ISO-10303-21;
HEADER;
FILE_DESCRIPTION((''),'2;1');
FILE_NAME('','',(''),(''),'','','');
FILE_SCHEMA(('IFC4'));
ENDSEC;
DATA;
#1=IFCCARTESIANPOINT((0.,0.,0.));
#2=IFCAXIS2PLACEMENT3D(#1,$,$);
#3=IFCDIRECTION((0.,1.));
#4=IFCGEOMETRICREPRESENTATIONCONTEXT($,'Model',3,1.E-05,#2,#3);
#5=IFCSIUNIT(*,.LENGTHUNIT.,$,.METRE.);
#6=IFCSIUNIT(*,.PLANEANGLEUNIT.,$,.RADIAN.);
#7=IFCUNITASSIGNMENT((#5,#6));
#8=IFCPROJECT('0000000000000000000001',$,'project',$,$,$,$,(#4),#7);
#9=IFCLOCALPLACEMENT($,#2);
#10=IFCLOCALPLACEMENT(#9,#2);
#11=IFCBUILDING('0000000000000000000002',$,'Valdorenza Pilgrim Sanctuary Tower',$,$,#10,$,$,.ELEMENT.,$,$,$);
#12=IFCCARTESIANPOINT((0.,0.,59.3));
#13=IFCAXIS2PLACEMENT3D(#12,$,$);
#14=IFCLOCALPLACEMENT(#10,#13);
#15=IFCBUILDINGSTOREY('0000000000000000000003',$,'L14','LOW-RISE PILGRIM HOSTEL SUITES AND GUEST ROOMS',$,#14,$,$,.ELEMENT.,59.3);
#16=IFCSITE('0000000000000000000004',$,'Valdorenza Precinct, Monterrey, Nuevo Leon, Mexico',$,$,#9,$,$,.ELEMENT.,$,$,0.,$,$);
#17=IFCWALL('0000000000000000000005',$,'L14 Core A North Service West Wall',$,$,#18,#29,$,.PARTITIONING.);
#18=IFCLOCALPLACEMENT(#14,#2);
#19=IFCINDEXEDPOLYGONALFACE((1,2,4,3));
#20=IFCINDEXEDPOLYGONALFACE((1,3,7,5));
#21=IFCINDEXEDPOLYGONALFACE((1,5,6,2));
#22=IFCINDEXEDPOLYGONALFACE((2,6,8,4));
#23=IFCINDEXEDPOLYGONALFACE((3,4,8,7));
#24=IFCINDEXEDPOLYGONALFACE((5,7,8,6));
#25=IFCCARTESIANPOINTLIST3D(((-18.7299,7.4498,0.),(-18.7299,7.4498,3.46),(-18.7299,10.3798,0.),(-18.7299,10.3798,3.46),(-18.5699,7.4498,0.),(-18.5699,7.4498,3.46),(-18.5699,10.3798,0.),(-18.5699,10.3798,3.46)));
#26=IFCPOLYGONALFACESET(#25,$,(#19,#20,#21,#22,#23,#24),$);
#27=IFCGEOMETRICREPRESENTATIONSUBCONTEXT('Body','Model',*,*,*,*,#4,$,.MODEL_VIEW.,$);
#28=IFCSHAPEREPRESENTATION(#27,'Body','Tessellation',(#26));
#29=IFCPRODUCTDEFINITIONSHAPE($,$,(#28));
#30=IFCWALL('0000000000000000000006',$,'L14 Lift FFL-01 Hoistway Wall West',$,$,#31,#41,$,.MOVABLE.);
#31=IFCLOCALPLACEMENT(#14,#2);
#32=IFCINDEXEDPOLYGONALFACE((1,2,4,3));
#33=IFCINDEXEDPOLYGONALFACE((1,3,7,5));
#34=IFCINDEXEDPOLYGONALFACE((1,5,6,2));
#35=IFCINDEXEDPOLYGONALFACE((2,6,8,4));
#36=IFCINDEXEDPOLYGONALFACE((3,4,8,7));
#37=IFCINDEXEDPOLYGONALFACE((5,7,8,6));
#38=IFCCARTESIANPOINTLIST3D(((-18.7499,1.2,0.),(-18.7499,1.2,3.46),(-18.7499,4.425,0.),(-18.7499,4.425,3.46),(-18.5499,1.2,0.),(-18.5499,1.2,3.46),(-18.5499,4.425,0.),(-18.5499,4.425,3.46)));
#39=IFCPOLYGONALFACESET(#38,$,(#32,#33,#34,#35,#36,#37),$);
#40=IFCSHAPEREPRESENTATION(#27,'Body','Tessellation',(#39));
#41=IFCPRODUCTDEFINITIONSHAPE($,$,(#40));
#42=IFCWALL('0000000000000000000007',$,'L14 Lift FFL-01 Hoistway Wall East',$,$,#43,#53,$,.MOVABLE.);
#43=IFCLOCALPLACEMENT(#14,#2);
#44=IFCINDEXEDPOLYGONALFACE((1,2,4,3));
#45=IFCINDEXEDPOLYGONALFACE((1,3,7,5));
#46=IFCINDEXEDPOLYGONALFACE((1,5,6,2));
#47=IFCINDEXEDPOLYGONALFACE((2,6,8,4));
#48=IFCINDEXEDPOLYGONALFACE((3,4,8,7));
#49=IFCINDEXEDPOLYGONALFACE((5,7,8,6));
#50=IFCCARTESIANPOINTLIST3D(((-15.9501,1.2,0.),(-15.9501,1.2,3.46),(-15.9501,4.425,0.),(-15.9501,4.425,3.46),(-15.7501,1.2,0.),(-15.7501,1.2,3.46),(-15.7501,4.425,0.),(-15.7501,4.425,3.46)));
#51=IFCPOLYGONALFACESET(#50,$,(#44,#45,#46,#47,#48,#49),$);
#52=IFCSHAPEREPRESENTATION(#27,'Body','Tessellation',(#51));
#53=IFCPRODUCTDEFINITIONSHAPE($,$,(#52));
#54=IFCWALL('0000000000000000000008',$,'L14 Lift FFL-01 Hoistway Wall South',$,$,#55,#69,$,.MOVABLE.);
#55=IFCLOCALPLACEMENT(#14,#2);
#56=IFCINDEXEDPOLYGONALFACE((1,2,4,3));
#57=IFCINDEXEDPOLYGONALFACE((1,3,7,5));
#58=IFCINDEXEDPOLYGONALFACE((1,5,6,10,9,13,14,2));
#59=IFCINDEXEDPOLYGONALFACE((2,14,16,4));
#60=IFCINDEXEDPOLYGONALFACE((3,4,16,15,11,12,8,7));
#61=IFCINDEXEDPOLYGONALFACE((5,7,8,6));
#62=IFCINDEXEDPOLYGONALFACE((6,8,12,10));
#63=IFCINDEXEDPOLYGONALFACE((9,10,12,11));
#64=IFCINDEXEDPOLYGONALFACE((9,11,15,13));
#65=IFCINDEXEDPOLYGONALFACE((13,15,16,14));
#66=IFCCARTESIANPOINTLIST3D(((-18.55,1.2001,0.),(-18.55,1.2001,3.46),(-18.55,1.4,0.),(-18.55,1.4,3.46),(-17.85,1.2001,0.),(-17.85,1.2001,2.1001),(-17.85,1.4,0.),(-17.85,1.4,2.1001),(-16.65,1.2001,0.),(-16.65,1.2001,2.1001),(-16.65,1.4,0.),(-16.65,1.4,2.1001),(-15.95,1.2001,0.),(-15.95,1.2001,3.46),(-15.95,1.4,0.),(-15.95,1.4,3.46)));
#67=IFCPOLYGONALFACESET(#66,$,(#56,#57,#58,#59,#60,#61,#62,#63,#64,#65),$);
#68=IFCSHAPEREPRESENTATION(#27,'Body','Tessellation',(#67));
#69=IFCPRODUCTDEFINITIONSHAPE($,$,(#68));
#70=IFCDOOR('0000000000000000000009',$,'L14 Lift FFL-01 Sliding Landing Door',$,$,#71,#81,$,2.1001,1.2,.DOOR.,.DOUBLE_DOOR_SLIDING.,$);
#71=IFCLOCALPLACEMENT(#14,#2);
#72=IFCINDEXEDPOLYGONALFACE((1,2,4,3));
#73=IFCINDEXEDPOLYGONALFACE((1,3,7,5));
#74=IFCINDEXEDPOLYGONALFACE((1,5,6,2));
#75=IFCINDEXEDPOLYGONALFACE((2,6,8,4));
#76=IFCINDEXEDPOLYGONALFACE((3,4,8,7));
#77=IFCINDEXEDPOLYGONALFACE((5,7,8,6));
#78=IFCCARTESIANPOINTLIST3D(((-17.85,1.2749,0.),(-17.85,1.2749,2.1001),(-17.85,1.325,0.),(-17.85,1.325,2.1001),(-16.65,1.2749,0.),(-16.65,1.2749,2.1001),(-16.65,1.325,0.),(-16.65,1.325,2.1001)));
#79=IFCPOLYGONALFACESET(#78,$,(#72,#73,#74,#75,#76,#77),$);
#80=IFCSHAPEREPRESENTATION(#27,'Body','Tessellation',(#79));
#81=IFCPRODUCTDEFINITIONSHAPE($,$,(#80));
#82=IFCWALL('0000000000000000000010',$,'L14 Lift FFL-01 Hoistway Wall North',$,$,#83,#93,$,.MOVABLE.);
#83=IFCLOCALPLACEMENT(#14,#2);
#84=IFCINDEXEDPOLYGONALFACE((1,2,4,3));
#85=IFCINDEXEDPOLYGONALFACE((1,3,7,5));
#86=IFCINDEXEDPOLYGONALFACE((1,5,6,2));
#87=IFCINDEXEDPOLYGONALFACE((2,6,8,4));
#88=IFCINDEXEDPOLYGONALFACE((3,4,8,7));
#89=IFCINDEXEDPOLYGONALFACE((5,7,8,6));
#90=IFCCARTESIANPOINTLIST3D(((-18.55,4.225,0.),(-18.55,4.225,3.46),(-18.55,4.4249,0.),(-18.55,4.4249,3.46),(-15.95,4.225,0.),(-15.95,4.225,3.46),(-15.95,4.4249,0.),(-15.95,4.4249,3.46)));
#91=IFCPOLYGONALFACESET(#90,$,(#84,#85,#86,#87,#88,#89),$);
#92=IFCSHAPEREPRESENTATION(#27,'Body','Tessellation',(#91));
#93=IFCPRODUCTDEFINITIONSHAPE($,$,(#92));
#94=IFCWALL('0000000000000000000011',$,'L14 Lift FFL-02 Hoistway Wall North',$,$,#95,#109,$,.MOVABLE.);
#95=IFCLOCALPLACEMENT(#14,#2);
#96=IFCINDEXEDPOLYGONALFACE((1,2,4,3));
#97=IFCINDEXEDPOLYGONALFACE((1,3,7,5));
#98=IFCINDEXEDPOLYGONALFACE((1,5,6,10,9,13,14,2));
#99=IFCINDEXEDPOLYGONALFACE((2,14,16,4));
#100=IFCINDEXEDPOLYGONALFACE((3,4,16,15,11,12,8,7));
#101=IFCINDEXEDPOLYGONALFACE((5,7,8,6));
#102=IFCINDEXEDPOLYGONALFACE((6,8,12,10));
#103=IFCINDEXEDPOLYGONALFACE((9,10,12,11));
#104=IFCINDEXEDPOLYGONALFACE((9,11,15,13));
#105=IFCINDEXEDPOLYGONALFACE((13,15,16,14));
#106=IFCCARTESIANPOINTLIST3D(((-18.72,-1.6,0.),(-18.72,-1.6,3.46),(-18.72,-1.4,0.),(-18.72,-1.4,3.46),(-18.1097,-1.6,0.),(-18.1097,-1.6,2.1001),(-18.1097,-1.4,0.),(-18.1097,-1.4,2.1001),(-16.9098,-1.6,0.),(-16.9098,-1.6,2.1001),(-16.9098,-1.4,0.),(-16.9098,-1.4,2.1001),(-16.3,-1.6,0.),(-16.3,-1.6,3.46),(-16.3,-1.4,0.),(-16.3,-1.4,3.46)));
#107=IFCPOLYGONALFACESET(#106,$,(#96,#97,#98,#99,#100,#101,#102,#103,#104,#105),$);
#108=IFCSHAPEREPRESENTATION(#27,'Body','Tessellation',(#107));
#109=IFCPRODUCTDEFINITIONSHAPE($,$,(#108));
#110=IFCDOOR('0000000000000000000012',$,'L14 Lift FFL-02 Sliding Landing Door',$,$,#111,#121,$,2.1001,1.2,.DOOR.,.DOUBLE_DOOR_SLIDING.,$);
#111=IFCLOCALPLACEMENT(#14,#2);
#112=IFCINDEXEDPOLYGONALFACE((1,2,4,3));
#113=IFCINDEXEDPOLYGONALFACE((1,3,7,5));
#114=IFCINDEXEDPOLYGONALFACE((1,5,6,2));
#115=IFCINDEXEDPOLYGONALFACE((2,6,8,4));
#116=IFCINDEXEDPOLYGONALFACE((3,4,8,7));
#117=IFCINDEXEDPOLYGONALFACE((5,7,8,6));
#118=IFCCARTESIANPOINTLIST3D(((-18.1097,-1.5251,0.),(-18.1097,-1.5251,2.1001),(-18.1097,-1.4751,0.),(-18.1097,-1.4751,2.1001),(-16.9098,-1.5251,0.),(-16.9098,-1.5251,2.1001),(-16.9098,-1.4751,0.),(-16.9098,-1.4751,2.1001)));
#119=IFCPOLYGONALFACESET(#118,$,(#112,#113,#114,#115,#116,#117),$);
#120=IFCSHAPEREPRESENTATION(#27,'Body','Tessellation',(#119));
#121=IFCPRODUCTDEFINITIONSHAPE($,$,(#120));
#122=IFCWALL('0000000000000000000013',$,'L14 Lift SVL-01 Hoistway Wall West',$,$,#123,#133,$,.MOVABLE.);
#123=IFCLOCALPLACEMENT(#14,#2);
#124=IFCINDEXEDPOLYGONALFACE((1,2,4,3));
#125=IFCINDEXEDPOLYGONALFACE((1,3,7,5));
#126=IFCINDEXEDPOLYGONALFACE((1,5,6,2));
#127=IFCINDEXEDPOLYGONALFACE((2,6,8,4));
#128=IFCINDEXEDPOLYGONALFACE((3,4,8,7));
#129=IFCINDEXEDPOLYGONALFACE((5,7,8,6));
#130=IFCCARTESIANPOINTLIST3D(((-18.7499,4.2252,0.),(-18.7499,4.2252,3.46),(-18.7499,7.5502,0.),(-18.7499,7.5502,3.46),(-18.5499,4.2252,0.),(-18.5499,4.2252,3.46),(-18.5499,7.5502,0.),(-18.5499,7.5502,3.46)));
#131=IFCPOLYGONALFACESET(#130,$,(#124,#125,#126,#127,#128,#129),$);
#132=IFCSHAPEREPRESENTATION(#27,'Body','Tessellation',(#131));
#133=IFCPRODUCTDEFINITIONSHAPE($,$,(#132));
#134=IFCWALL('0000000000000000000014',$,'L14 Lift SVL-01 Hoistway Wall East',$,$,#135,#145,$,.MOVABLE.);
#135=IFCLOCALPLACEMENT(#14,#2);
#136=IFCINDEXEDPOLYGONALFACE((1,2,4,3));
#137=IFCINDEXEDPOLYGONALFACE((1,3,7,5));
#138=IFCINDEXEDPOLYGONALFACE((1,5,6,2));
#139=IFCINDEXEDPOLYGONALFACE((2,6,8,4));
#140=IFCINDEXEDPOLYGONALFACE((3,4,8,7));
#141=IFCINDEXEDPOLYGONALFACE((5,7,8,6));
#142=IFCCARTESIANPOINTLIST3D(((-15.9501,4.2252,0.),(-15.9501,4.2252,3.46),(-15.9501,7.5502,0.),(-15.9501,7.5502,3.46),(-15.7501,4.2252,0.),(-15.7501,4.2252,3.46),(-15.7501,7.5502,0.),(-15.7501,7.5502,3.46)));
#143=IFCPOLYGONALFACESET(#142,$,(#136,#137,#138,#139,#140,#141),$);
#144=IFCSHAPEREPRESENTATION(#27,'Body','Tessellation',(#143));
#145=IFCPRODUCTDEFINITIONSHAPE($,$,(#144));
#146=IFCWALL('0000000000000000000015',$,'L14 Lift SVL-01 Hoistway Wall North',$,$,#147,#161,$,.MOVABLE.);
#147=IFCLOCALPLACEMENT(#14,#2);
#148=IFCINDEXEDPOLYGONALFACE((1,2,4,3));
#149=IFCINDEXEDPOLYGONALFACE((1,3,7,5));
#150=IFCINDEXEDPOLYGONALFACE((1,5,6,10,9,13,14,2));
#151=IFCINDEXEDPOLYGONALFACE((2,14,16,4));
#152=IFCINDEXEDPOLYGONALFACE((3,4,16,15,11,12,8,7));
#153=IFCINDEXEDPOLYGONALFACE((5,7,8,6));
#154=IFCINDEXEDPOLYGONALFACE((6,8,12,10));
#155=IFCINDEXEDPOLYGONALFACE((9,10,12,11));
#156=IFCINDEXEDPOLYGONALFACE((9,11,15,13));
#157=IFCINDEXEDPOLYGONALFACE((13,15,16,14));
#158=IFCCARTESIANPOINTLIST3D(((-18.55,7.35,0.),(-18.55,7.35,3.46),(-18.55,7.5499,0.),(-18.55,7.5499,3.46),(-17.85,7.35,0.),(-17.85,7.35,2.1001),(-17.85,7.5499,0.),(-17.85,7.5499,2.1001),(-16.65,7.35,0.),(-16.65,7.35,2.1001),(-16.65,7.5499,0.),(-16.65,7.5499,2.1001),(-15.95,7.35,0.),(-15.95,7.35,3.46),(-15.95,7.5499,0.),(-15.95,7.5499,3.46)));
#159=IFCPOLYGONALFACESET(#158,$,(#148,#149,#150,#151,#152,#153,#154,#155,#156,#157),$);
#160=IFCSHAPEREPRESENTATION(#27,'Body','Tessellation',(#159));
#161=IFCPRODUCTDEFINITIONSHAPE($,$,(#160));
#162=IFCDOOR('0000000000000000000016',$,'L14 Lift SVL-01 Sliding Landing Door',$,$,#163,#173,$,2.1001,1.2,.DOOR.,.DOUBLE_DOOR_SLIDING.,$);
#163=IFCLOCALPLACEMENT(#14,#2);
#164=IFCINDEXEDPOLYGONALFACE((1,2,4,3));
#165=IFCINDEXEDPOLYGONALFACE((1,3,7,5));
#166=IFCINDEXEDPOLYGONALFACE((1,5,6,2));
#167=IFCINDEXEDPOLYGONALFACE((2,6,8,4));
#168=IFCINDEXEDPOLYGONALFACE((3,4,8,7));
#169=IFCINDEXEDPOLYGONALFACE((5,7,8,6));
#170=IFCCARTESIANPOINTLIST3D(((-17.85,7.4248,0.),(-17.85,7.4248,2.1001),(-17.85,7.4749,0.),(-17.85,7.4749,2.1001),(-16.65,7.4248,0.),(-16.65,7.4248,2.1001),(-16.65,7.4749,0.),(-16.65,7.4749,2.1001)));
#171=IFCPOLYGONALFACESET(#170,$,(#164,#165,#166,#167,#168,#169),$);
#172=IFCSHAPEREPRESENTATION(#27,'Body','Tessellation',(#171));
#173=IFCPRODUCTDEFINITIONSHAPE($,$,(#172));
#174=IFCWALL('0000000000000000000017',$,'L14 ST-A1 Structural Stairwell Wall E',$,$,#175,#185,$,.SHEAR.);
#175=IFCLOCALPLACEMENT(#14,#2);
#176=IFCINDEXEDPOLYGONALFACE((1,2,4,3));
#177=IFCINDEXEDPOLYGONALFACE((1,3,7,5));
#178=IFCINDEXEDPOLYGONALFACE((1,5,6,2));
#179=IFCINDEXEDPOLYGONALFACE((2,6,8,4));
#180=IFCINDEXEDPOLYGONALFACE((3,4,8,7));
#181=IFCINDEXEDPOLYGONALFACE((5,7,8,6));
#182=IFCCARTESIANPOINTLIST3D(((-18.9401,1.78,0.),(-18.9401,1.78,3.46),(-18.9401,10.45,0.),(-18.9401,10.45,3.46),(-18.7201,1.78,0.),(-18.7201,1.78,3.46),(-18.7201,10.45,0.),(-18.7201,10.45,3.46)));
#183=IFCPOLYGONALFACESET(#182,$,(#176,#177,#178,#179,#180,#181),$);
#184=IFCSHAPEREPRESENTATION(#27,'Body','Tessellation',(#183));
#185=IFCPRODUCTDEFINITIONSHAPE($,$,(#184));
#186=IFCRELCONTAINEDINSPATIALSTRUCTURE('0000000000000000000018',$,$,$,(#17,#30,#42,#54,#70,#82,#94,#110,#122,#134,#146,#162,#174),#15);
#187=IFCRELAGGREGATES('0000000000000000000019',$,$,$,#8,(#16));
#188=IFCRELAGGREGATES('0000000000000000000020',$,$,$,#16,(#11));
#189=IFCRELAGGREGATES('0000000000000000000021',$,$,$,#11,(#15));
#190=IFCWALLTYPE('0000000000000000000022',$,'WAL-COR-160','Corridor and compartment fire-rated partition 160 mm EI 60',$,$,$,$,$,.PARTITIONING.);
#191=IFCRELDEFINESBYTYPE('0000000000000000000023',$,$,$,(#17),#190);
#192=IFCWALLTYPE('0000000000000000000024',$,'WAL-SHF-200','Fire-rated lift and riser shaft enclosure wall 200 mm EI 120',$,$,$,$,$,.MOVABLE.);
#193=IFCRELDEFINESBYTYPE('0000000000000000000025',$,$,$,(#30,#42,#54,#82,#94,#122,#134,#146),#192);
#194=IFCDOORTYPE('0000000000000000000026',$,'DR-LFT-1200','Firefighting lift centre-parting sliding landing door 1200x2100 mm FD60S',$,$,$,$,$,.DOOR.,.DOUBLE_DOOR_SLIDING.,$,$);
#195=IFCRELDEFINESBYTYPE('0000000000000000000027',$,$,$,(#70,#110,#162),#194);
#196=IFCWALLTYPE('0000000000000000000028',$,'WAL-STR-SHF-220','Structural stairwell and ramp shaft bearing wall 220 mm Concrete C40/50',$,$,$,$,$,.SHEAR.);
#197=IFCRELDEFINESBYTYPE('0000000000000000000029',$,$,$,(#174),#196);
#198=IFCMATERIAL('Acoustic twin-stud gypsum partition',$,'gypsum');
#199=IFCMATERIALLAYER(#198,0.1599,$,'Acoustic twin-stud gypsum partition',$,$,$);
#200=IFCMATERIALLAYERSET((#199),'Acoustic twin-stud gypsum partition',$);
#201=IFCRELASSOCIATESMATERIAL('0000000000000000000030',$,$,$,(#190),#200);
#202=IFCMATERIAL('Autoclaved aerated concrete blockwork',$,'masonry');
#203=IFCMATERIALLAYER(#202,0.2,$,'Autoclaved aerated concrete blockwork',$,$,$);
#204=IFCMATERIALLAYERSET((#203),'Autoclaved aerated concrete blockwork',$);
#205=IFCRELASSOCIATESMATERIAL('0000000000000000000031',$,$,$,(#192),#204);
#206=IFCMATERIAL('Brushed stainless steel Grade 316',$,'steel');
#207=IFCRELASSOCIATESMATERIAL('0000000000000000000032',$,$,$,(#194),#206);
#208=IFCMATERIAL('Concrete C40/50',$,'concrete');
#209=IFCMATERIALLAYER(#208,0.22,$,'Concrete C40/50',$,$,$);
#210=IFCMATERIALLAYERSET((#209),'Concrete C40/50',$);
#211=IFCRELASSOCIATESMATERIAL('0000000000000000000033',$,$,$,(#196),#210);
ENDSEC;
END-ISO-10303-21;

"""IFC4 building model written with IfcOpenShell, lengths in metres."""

from ifc_helpers import new_model, si_unit, direction, frame, frame_2d, origin, place, context, subcontext, project, spatial, rectangle, extrude, material, layer, layer_set, type_object, element, fill, save


model = new_model("IFC4")

# Units and contexts
model_context = context("Model", 3, precision=1e-05, world=origin(), true_north=direction((0.0, 1.0)))
body_context = subcontext(model_context, "Body", "Model", "MODEL_VIEW")
ifc_project = project(units=[si_unit("LENGTHUNIT", "METRE"), si_unit("PLANEANGLEUNIT", "RADIAN")], contexts=[model_context])

# Site, building, storey
site_placement = place(None, origin())
site = spatial("IfcSite", under=ifc_project, at=site_placement, Name="Valdorenza Precinct, Monterrey, Nuevo Leon, Mexico", CompositionType="ELEMENT", RefElevation=0.0)
building_placement = place(site_placement, origin())
building = spatial("IfcBuilding", under=site, at=building_placement, Name="Valdorenza Pilgrim Sanctuary Tower", CompositionType="ELEMENT")
storey_placement = place(building_placement, frame((0.0, 0.0, 59.3)))
storey = spatial("IfcBuildingStorey", under=building, at=storey_placement, Name="L14", Description="LOW-RISE PILGRIM HOSTEL SUITES AND GUEST ROOMS", CompositionType="ELEMENT", Elevation=59.3)

# Wall
ifc_material_1 = material(Name="Acoustic twin-stud gypsum partition", Category="gypsum")
ifc_layer_1 = layer(ifc_material_1, 0.1599, Name="Acoustic twin-stud gypsum partition")
ifc_layer_set_1 = layer_set([ifc_layer_1], Name="Acoustic twin-stud gypsum partition")
wall_type_1 = type_object("IfcWallType", Name="WAL-COR-160", Description="Corridor and compartment fire-rated partition 160 mm EI 60", PredefinedType="PARTITIONING", material=ifc_layer_set_1)
wall_1_placement = place(storey_placement, frame((-18.6499, 7.45, 0.0), z_axis=(0.0, 0.0, 1.0), x_axis=(0.0, 1.0, 0.0)))
element("IfcWall", 1, at=wall_1_placement, inside=storey, type_object=wall_type_1, Name="L14 Core A North Service West Wall", PredefinedType="PARTITIONING", context=body_context, shape_type="SweptSolid", body=[
    extrude(rectangle(XDim=2.9299, YDim=0.1599, at=frame_2d((1.4648, 0.0))), origin(), (0.0, 0.0, 1.0), 3.46),
])

# Walls
ifc_material_2 = material(Name="Autoclaved aerated concrete blockwork", Category="masonry")
ifc_layer_2 = layer(ifc_material_2, 0.2, Name="Autoclaved aerated concrete blockwork")
ifc_layer_set_2 = layer_set([ifc_layer_2], Name="Autoclaved aerated concrete blockwork")
wall_type_2 = type_object("IfcWallType", Name="WAL-SHF-200", Description="Fire-rated lift and riser shaft enclosure wall 200 mm EI 120", PredefinedType="MOVABLE", material=ifc_layer_set_2)
for number, where, z_axis, x_axis, name in (
    (2, (-18.6499, 1.2, 0.0), (0.0, 0.0, 1.0), (0.0, 1.0, 0.0), "L14 Lift FFL-01 Hoistway Wall West"),
    (3, (-15.8501, 1.2, 0.0), (0.0, 0.0, 1.0), (0.0, 1.0, 0.0), "L14 Lift FFL-01 Hoistway Wall East"),
):
    element("IfcWall", number, at=place(storey_placement, frame(where, z_axis=z_axis, x_axis=x_axis)), inside=storey, type_object=wall_type_2, Name=name, PredefinedType="MOVABLE", context=body_context, shape_type="SweptSolid", body=[
        extrude(rectangle(XDim=3.2251, YDim=0.2, at=frame_2d((1.6125, 0.0))), origin(), (0.0, 0.0, 1.0), 3.46),
    ])

# Wall, opening, door
wall_2_placement = place(storey_placement, frame((-18.55, 1.3, 0.0), z_axis=(0.0, 0.0, 1.0), x_axis=(1.0, 0.0, 0.0)))
wall_2 = element("IfcWall", 4, at=wall_2_placement, inside=storey, type_object=wall_type_2, Name="L14 Lift FFL-01 Hoistway Wall South", PredefinedType="MOVABLE", context=body_context, shape_type="SweptSolid", body=[
    extrude(rectangle(XDim=2.6001, YDim=0.2, at=frame_2d((1.3, 0.0))), origin(), (0.0, 0.0, 1.0), 3.46),
])
opening_1_placement = place(wall_2_placement, frame((0.7, 0.0, 0.0)))
opening_1 = element("IfcOpeningElement", 5, at=opening_1_placement, cuts=wall_2, PredefinedType="OPENING", context=body_context, shape_type="SweptSolid", body=[
    extrude(rectangle(XDim=1.2, YDim=2.1001, at=frame_2d((0.6001, 1.05))), frame((0.0, 0.1147, 0.0), z_axis=(0.0, -1.0, 0.0), x_axis=(1.0, 0.0, 0.0)), (0.0, 0.0, 1.0), 0.2297),
])
ifc_material_3 = material(Name="Brushed stainless steel Grade 316", Category="steel")
door_type_1 = type_object("IfcDoorType", Name="DR-LFT-1200", Description="Firefighting lift centre-parting sliding landing door 1200x2100 mm FD60S", OperationType="DOUBLE_DOOR_SLIDING", PredefinedType="DOOR", material=ifc_material_3)
door_1_placement = place(opening_1_placement, origin())
door_1 = element("IfcDoor", 6, at=door_1_placement, inside=storey, type_object=door_type_1, Name="L14 Lift FFL-01 Sliding Landing Door", OperationType="DOUBLE_DOOR_SLIDING", OverallHeight=2.1001, OverallWidth=1.2, PredefinedType="DOOR", context=body_context, shape_type="SweptSolid", body=[
    extrude(rectangle(XDim=1.2, YDim=2.1001, at=frame_2d((0.6001, 1.05))), frame((0.0, 0.0249, 0.0), z_axis=(0.0, -1.0, 0.0), x_axis=(1.0, 0.0, 0.0)), (0.0, 0.0, 1.0), 0.05),
])
fill(opening_1, door_1)

# Wall
wall_3_placement = place(storey_placement, frame((-18.55, 4.325, 0.0), z_axis=(0.0, 0.0, 1.0), x_axis=(1.0, 0.0, 0.0)))
element("IfcWall", 7, at=wall_3_placement, inside=storey, type_object=wall_type_2, Name="L14 Lift FFL-01 Hoistway Wall North", PredefinedType="MOVABLE", context=body_context, shape_type="SweptSolid", body=[
    extrude(rectangle(XDim=2.6001, YDim=0.2, at=frame_2d((1.3, 0.0))), origin(), (0.0, 0.0, 1.0), 3.46),
])

# Wall, opening, door
wall_4_placement = place(storey_placement, frame((-18.72, -1.5, 0.0), z_axis=(0.0, 0.0, 1.0), x_axis=(1.0, 0.0, 0.0)))
wall_4 = element("IfcWall", 8, at=wall_4_placement, inside=storey, type_object=wall_type_2, Name="L14 Lift FFL-02 Hoistway Wall North", PredefinedType="MOVABLE", context=body_context, shape_type="SweptSolid", body=[
    extrude(rectangle(XDim=2.4199, YDim=0.2, at=frame_2d((1.21, 0.0))), origin(), (0.0, 0.0, 1.0), 3.46),
])
opening_2_placement = place(wall_4_placement, frame((0.6101, 0.0, 0.0)))
opening_2 = element("IfcOpeningElement", 9, at=opening_2_placement, cuts=wall_4, PredefinedType="OPENING", context=body_context, shape_type="SweptSolid", body=[
    extrude(rectangle(XDim=1.2, YDim=2.1001, at=frame_2d((0.6001, 1.05))), frame((0.0, 0.1147, 0.0), z_axis=(0.0, -1.0, 0.0), x_axis=(1.0, 0.0, 0.0)), (0.0, 0.0, 1.0), 0.2297),
])
door_2_placement = place(opening_2_placement, origin())
door_2 = element("IfcDoor", 10, at=door_2_placement, inside=storey, type_object=door_type_1, Name="L14 Lift FFL-02 Sliding Landing Door", OperationType="DOUBLE_DOOR_SLIDING", OverallHeight=2.1001, OverallWidth=1.2, PredefinedType="DOOR", context=body_context, shape_type="SweptSolid", body=[
    extrude(rectangle(XDim=1.2, YDim=2.1001, at=frame_2d((0.6001, 1.05))), frame((0.0, 0.0249, 0.0), z_axis=(0.0, -1.0, 0.0), x_axis=(1.0, 0.0, 0.0)), (0.0, 0.0, 1.0), 0.05),
])
fill(opening_2, door_2)

# Walls
for number, where, z_axis, x_axis, name in (
    (11, (-18.6499, 4.2251, 0.0), (0.0, 0.0, 1.0), (0.0, 1.0, 0.0), "L14 Lift SVL-01 Hoistway Wall West"),
    (12, (-15.8501, 4.2251, 0.0), (0.0, 0.0, 1.0), (0.0, 1.0, 0.0), "L14 Lift SVL-01 Hoistway Wall East"),
):
    element("IfcWall", number, at=place(storey_placement, frame(where, z_axis=z_axis, x_axis=x_axis)), inside=storey, type_object=wall_type_2, Name=name, PredefinedType="MOVABLE", context=body_context, shape_type="SweptSolid", body=[
        extrude(rectangle(XDim=3.325, YDim=0.2, at=frame_2d((1.6626, 0.0))), origin(), (0.0, 0.0, 1.0), 3.46),
    ])

# Wall, opening, door
wall_5_placement = place(storey_placement, frame((-18.55, 7.45, 0.0), z_axis=(0.0, 0.0, 1.0), x_axis=(1.0, 0.0, 0.0)))
wall_5 = element("IfcWall", 13, at=wall_5_placement, inside=storey, type_object=wall_type_2, Name="L14 Lift SVL-01 Hoistway Wall North", PredefinedType="MOVABLE", context=body_context, shape_type="SweptSolid", body=[
    extrude(rectangle(XDim=2.6001, YDim=0.2, at=frame_2d((1.3, 0.0))), origin(), (0.0, 0.0, 1.0), 3.46),
])
opening_3_placement = place(wall_5_placement, frame((0.7, 0.0, 0.0)))
opening_3 = element("IfcOpeningElement", 14, at=opening_3_placement, cuts=wall_5, PredefinedType="OPENING", context=body_context, shape_type="SweptSolid", body=[
    extrude(rectangle(XDim=1.2, YDim=2.1001, at=frame_2d((0.6001, 1.05))), frame((0.0, 0.1147, 0.0), z_axis=(0.0, -1.0, 0.0), x_axis=(1.0, 0.0, 0.0)), (0.0, 0.0, 1.0), 0.2297),
])
door_3_placement = place(opening_3_placement, origin())
door_3 = element("IfcDoor", 15, at=door_3_placement, inside=storey, type_object=door_type_1, Name="L14 Lift SVL-01 Sliding Landing Door", OperationType="DOUBLE_DOOR_SLIDING", OverallHeight=2.1001, OverallWidth=1.2, PredefinedType="DOOR", context=body_context, shape_type="SweptSolid", body=[
    extrude(rectangle(XDim=1.2, YDim=2.1001, at=frame_2d((0.6001, 1.05))), frame((0.0, 0.0249, 0.0), z_axis=(0.0, -1.0, 0.0), x_axis=(1.0, 0.0, 0.0)), (0.0, 0.0, 1.0), 0.05),
])
fill(opening_3, door_3)

# Wall
ifc_material_4 = material(Name="Concrete C40/50", Category="concrete")
ifc_layer_3 = layer(ifc_material_4, 0.22, Name="Concrete C40/50")
ifc_layer_set_3 = layer_set([ifc_layer_3], Name="Concrete C40/50")
wall_type_3 = type_object("IfcWallType", Name="WAL-STR-SHF-220", Description="Structural stairwell and ramp shaft bearing wall 220 mm Concrete C40/50", PredefinedType="SHEAR", material=ifc_layer_set_3)
wall_6_placement = place(storey_placement, frame((-18.8301, 1.78, 0.0), z_axis=(0.0, 0.0, 1.0), x_axis=(0.0, 1.0, 0.0)))
element("IfcWall", 16, at=wall_6_placement, inside=storey, type_object=wall_type_3, Name="L14 ST-A1 Structural Stairwell Wall E", PredefinedType="SHEAR", context=body_context, shape_type="SweptSolid", body=[
    extrude(rectangle(XDim=8.6699, YDim=0.22, at=frame_2d((4.335, 0.0))), origin(), (0.0, 0.0, 1.0), 3.46),
])

save(model, "model.ifc")
